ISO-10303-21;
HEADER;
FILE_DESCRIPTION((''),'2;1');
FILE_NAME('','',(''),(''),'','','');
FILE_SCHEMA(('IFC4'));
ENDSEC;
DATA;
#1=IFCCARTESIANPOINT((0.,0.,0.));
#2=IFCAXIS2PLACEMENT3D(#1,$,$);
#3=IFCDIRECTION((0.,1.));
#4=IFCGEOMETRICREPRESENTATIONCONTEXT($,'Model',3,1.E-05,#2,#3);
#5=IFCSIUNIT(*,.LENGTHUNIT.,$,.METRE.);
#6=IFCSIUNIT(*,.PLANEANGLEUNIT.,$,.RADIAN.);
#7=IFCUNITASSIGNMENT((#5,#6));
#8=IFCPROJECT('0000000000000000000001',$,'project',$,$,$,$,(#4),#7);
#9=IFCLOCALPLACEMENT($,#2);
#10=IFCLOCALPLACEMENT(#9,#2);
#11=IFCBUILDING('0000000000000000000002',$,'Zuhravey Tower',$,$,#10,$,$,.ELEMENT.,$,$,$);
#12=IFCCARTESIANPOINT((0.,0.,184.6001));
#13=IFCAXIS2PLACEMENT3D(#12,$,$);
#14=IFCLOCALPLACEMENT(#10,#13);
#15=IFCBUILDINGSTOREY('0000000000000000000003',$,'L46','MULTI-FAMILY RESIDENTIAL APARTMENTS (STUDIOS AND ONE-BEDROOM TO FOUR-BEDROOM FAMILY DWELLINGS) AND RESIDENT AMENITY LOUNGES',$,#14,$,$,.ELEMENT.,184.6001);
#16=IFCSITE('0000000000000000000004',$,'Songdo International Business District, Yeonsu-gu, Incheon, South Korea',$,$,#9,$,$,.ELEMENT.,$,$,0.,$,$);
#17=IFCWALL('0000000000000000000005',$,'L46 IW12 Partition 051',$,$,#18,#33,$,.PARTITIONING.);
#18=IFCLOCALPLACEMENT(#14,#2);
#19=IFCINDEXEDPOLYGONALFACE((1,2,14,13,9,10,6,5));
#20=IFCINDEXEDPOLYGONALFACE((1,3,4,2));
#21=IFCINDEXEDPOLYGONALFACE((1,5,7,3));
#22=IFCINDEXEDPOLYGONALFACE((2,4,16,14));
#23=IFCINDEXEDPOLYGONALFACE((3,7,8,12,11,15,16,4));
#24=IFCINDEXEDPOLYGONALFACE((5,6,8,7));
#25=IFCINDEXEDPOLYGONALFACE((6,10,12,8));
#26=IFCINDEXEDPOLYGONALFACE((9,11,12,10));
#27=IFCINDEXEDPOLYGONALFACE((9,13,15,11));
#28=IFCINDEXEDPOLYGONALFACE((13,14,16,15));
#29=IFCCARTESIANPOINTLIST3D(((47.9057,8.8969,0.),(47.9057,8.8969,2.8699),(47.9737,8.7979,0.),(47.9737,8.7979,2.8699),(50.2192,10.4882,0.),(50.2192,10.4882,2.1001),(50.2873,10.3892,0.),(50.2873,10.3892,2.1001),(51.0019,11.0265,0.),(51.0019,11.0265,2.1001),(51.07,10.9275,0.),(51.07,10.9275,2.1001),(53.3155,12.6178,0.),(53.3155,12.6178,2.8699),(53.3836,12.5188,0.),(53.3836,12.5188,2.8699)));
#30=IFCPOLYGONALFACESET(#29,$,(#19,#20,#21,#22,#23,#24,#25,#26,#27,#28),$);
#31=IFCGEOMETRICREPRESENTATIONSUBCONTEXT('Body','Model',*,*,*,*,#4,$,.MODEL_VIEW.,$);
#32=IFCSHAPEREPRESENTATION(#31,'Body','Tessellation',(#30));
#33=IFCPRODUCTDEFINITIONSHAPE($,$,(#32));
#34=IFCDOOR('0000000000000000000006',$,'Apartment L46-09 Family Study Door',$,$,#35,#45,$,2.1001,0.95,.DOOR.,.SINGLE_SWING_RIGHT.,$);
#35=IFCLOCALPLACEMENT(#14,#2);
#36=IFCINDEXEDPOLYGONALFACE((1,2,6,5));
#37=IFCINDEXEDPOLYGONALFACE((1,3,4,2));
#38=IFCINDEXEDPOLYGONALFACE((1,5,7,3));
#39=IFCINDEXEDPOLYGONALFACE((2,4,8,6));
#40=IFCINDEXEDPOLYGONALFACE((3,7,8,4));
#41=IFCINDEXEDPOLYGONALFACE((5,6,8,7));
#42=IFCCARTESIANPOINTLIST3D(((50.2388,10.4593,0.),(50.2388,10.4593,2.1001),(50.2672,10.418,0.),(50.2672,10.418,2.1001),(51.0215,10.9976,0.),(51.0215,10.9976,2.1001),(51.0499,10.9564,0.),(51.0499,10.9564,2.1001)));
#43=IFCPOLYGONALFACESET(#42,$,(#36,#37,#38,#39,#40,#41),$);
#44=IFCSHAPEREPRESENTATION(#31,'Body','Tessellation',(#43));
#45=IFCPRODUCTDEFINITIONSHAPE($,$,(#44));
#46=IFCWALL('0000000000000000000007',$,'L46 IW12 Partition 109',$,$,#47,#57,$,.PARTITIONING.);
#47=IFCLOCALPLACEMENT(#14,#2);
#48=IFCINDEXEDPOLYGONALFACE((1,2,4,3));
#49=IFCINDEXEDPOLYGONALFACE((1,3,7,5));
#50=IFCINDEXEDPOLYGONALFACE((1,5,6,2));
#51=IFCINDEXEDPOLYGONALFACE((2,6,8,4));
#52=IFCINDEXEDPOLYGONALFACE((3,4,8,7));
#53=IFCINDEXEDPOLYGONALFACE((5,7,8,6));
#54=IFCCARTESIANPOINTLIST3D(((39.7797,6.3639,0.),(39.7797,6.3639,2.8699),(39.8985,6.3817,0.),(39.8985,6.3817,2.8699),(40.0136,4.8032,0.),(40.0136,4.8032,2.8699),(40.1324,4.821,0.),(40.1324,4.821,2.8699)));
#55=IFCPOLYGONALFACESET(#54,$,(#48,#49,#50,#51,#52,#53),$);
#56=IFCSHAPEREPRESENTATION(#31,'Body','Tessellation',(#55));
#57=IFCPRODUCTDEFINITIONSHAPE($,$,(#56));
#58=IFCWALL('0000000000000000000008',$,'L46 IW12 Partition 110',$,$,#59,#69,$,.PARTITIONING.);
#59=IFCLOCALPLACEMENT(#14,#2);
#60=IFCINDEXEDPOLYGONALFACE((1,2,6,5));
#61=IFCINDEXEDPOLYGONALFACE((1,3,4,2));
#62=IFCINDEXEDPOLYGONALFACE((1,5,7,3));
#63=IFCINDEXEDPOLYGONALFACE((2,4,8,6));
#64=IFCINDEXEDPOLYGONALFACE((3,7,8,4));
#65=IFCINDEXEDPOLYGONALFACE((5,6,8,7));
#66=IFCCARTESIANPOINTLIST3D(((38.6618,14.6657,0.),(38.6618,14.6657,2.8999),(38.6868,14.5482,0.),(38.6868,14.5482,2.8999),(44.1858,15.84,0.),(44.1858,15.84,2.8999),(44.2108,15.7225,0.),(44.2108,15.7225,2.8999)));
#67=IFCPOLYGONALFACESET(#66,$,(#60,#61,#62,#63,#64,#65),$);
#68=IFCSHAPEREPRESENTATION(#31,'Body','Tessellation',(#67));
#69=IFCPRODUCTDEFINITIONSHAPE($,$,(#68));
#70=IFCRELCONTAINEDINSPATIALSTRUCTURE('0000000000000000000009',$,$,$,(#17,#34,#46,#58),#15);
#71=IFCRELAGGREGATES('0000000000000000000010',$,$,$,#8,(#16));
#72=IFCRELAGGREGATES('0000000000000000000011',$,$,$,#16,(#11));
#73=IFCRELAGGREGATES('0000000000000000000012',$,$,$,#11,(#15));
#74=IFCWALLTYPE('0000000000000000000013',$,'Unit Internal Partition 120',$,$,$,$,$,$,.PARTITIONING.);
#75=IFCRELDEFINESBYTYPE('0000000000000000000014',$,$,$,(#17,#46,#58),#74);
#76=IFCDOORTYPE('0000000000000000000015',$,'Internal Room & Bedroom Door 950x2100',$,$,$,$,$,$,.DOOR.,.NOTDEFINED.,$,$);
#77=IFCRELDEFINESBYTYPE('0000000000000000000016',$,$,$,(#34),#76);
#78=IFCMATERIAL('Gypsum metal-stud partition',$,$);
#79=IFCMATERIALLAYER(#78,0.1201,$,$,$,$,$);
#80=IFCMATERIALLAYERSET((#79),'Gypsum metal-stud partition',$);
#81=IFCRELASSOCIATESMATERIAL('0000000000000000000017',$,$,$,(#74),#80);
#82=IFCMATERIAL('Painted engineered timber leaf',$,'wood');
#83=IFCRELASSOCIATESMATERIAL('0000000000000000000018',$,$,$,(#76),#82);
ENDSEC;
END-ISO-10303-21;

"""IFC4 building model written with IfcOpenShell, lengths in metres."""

from ifc_helpers import new_model, si_unit, direction, frame, frame_2d, origin, place, context, subcontext, project, spatial, rectangle, extrude, material, layer, layer_set, type_object, element, fill, save


model = new_model("IFC4")

# Units and contexts
model_context = context("Model", 3, precision=1e-05, world=origin(), true_north=direction((0.0, 1.0)))
body_context = subcontext(model_context, "Body", "Model", "MODEL_VIEW")
ifc_project = project(units=[si_unit("LENGTHUNIT", "METRE"), si_unit("PLANEANGLEUNIT", "RADIAN")], contexts=[model_context])

# Site, building, storey
site_placement = place(None, origin())
site = spatial("IfcSite", under=ifc_project, at=site_placement, Name="Songdo International Business District, Yeonsu-gu, Incheon, South Korea", CompositionType="ELEMENT", RefElevation=0.0)
building_placement = place(site_placement, origin())
building = spatial("IfcBuilding", under=site, at=building_placement, Name="Zuhravey Tower", CompositionType="ELEMENT")
storey_placement = place(building_placement, frame((0.0, 0.0, 184.6001)))
storey = spatial("IfcBuildingStorey", under=building, at=storey_placement, Name="L46", Description="MULTI-FAMILY RESIDENTIAL APARTMENTS (STUDIOS AND ONE-BEDROOM TO FOUR-BEDROOM FAMILY DWELLINGS) AND RESIDENT AMENITY LOUNGES", CompositionType="ELEMENT", Elevation=184.6001)

# Wall, opening, door
ifc_material_1 = material(Name="Gypsum metal-stud partition")
ifc_layer_1 = layer(ifc_material_1, 0.1201)
ifc_layer_set_1 = layer_set([ifc_layer_1], Name="Gypsum metal-stud partition")
wall_type_1 = type_object("IfcWallType", Name="Unit Internal Partition 120", PredefinedType="PARTITIONING", material=ifc_layer_set_1)
ifc_material_2 = material(Name="Painted engineered timber leaf", Category="wood")
door_type_1 = type_object("IfcDoorType", Name="Internal Room & Bedroom Door 950x2100", OperationType="NOTDEFINED", PredefinedType="DOOR", material=ifc_material_2)
wall_1_placement = place(storey_placement, frame((47.9397, 8.8474, 0.0), z_axis=(0.0, 0.0, 1.0), x_axis=(0.823926, 0.566698, 0.0)))
wall_1 = element("IfcWall", 1, at=wall_1_placement, inside=storey, type_object=wall_type_1, Name="L46 IW12 Partition 051", PredefinedType="PARTITIONING", context=body_context, shape_type="SweptSolid", body=[
    extrude(rectangle(XDim=6.5659, YDim=0.1201, at=frame_2d((3.283, 0.0))), origin(), (0.0, 0.0, 1.0), 2.8699),
])
opening_1_placement = place(wall_1_placement, frame((2.8079, 0.0, 0.0)))
opening_1 = element("IfcOpeningElement", 2, at=opening_1_placement, cuts=wall_1, PredefinedType="OPENING", context=body_context, shape_type="SweptSolid", body=[
    extrude(rectangle(XDim=0.95, YDim=2.1001, at=frame_2d((0.4751, 1.05))), frame((0.0, 0.072, 0.0), z_axis=(0.0, -1.0, 0.0), x_axis=(1.0, 0.0, 0.0)), (0.0, 0.0, 1.0), 0.144),
])
door_1_placement = place(opening_1_placement, frame((0.95, 0.0, 0.0), z_axis=(0.0, 0.0, 1.0), x_axis=(-1.0, 0.0, 0.0)))
door_1 = element("IfcDoor", 3, at=door_1_placement, inside=storey, type_object=door_type_1, Name="Apartment L46-09 Family Study Door", OperationType="SINGLE_SWING_RIGHT", OverallHeight=2.1001, OverallWidth=0.95, PredefinedType="DOOR", context=body_context, shape_type="SweptSolid", body=[
    extrude(rectangle(XDim=0.95, YDim=2.1001, at=frame_2d((0.4751, 1.05))), frame((0.0, 0.0249, 0.0), z_axis=(0.0, -1.0, 0.0), x_axis=(1.0, 0.0, 0.0)), (0.0, 0.0, 1.0), 0.05),
])
fill(opening_1, door_1)

# Walls
wall_2_placement = place(storey_placement, frame((39.8391, 6.3728, 0.0), z_axis=(0.0, 0.0, 1.0), x_axis=(0.148197, -0.988958, 0.0)))
element("IfcWall", 4, at=wall_2_placement, inside=storey, type_object=wall_type_1, Name="L46 IW12 Partition 109", PredefinedType="PARTITIONING", context=body_context, shape_type="SweptSolid", body=[
    extrude(rectangle(XDim=1.5781, YDim=0.1201, at=frame_2d((0.7891, 0.0))), origin(), (0.0, 0.0, 1.0), 2.8699),
])
wall_3_placement = place(storey_placement, frame((38.6743, 14.6069, 0.0), z_axis=(0.0, 0.0, 1.0), x_axis=(0.978141, 0.20794, 0.0)))
element("IfcWall", 5, at=wall_3_placement, inside=storey, type_object=wall_type_1, Name="L46 IW12 Partition 110", PredefinedType="PARTITIONING", context=body_context, shape_type="SweptSolid", body=[
    extrude(rectangle(XDim=5.6475, YDim=0.1201, at=frame_2d((2.8237, 0.0))), origin(), (0.0, 0.0, 1.0), 2.8999),
])

save(model, "model.ifc")
